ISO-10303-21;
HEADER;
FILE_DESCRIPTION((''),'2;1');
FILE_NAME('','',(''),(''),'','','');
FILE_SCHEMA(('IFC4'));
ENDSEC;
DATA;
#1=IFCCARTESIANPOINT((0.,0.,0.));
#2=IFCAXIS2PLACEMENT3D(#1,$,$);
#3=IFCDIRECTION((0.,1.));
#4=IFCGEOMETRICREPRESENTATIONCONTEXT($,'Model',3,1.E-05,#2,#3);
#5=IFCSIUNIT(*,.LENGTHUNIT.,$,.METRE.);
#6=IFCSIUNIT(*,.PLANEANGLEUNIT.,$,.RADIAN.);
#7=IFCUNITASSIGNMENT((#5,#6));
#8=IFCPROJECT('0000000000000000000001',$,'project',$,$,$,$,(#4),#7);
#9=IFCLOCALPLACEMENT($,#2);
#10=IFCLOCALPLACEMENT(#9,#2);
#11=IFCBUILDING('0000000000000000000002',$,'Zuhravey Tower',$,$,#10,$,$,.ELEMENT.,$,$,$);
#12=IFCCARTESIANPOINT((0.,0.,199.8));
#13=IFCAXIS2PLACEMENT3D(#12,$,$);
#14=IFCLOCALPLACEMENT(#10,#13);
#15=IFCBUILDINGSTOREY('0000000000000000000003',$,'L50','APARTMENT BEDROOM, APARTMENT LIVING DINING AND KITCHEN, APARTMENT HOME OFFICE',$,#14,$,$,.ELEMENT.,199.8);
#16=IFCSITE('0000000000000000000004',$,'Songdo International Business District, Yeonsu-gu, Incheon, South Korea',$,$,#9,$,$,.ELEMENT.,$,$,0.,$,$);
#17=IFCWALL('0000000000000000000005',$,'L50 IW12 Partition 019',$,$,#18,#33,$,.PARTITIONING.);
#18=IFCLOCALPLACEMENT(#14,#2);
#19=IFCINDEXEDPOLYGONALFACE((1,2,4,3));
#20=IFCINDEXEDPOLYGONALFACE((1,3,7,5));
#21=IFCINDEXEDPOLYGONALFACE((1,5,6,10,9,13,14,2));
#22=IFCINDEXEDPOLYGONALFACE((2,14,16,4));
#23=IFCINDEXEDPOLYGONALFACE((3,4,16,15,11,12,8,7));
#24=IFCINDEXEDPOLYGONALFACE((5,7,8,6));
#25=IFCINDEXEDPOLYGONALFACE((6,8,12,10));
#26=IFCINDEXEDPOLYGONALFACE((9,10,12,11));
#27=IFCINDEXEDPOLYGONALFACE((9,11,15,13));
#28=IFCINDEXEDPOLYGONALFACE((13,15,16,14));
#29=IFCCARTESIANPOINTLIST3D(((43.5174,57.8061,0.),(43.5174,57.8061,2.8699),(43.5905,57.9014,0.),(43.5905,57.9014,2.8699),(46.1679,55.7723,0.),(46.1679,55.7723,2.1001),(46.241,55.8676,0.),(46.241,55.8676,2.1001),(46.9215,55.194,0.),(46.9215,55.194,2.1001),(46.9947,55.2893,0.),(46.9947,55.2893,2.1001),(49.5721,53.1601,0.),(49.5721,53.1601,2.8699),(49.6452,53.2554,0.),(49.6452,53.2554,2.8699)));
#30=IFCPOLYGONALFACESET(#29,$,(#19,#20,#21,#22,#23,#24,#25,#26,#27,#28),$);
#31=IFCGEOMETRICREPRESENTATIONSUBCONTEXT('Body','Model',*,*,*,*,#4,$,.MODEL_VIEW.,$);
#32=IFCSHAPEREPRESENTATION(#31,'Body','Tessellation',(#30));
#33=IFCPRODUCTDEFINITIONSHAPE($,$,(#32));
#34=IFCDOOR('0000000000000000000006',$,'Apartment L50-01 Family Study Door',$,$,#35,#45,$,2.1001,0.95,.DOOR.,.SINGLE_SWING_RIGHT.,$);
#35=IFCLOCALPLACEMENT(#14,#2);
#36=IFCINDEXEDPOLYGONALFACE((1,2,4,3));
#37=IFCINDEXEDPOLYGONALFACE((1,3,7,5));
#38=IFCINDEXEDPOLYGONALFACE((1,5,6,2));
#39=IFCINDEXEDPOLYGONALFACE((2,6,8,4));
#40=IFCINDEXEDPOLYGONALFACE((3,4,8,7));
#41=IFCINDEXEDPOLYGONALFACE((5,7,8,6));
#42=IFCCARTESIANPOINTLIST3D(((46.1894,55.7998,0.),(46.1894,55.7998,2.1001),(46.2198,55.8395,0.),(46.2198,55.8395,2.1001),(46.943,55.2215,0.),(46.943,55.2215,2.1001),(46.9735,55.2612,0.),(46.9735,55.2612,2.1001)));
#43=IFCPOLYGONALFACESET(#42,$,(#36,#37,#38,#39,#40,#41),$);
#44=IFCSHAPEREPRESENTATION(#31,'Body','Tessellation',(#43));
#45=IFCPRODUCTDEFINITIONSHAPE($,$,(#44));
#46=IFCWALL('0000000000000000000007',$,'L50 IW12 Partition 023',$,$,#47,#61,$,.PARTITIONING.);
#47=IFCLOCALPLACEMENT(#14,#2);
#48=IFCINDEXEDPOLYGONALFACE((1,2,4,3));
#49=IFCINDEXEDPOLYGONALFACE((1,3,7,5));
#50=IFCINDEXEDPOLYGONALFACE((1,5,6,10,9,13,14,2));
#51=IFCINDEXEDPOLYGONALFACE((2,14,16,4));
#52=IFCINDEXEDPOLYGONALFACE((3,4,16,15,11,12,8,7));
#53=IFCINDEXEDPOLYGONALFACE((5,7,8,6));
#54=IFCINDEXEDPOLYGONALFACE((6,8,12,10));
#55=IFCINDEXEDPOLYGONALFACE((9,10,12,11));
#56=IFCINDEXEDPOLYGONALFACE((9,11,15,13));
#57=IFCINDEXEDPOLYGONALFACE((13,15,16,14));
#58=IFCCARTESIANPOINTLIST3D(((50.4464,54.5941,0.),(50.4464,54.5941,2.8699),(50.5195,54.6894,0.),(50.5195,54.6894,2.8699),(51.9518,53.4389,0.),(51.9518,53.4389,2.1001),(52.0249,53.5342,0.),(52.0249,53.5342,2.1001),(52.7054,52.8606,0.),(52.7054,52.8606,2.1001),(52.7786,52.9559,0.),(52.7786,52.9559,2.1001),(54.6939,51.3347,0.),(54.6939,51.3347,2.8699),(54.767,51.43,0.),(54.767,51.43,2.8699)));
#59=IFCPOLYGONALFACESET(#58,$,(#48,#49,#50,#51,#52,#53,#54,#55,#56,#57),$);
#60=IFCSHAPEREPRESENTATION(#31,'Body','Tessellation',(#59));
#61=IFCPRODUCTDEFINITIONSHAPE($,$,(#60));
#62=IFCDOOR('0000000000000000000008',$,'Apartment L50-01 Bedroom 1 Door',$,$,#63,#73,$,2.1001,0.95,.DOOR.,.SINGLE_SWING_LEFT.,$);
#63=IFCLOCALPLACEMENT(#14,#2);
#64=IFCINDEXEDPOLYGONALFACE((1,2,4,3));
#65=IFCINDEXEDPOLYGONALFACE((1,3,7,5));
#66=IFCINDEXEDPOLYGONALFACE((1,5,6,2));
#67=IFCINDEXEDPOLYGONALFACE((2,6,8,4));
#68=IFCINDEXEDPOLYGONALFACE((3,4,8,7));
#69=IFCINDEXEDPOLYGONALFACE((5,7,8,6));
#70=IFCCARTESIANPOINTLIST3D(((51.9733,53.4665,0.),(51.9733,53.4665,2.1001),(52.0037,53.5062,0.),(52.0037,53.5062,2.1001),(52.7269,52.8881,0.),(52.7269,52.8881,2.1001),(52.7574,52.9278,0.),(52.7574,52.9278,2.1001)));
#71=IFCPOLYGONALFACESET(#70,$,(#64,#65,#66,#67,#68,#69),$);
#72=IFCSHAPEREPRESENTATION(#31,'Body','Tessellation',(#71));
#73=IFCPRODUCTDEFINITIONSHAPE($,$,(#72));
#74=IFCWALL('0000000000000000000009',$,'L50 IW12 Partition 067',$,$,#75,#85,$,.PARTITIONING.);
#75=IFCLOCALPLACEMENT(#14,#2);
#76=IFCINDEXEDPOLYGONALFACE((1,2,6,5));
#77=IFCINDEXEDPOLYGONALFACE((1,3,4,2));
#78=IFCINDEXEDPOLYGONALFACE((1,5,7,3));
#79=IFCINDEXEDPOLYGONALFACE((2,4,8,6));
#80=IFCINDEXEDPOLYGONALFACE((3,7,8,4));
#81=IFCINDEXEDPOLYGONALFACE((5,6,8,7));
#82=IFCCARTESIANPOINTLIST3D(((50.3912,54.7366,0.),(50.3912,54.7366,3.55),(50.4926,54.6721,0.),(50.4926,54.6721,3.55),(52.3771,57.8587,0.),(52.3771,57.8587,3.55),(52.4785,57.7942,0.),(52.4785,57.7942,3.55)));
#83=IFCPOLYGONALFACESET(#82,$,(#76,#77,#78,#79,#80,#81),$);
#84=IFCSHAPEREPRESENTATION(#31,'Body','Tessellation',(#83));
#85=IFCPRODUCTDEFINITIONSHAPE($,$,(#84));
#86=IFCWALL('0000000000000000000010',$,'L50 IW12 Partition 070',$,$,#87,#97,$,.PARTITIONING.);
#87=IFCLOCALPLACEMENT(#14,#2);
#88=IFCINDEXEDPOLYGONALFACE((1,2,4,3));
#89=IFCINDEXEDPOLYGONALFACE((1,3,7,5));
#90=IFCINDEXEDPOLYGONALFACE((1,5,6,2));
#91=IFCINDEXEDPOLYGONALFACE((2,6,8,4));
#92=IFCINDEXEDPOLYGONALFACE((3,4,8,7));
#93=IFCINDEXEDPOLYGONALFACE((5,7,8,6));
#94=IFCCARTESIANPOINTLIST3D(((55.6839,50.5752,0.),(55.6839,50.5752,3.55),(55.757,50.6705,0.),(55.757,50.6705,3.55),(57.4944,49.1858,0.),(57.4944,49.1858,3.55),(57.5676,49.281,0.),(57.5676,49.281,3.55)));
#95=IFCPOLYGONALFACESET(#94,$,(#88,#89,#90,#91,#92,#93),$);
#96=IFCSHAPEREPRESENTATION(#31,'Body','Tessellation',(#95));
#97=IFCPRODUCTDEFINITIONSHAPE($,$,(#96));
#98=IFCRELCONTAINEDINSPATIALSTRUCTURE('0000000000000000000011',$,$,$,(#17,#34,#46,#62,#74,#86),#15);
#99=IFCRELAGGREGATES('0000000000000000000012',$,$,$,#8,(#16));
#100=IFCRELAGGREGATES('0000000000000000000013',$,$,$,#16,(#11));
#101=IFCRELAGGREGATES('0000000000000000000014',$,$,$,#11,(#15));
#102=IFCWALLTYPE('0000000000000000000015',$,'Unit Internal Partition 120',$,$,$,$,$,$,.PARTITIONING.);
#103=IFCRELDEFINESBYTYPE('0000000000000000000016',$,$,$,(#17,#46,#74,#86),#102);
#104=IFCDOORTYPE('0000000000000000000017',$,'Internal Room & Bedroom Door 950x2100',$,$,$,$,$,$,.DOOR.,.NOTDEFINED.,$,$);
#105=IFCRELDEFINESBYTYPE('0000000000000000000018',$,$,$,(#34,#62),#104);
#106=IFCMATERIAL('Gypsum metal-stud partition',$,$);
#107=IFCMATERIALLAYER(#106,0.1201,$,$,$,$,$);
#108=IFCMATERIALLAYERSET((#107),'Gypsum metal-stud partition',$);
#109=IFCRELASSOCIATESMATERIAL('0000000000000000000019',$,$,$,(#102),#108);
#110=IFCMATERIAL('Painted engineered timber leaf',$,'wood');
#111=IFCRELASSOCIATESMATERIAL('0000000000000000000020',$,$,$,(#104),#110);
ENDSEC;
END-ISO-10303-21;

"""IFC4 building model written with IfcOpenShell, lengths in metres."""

from ifc_helpers import new_model, si_unit, direction, frame, frame_2d, origin, place, context, subcontext, project, spatial, rectangle, extrude, material, layer, layer_set, type_object, element, fill, save


model = new_model("IFC4")

# Units and contexts
model_context = context("Model", 3, precision=1e-05, world=origin(), true_north=direction((0.0, 1.0)))
body_context = subcontext(model_context, "Body", "Model", "MODEL_VIEW")
ifc_project = project(units=[si_unit("LENGTHUNIT", "METRE"), si_unit("PLANEANGLEUNIT", "RADIAN")], contexts=[model_context])

# Site, building, storey
site_placement = place(None, origin())
site = spatial("IfcSite", under=ifc_project, at=site_placement, Name="Songdo International Business District, Yeonsu-gu, Incheon, South Korea", CompositionType="ELEMENT", RefElevation=0.0)
building_placement = place(site_placement, origin())
building = spatial("IfcBuilding", under=site, at=building_placement, Name="Zuhravey Tower", CompositionType="ELEMENT")
storey_placement = place(building_placement, frame((0.0, 0.0, 199.8)))
storey = spatial("IfcBuildingStorey", under=building, at=storey_placement, Name="L50", Description="APARTMENT BEDROOM, APARTMENT LIVING DINING AND KITCHEN, APARTMENT HOME OFFICE", CompositionType="ELEMENT", Elevation=199.8)

# Walls, openings, doors
ifc_material_1 = material(Name="Gypsum metal-stud partition")
ifc_layer_1 = layer(ifc_material_1, 0.1201)
ifc_layer_set_1 = layer_set([ifc_layer_1], Name="Gypsum metal-stud partition")
wall_type_1 = type_object("IfcWallType", Name="Unit Internal Partition 120", PredefinedType="PARTITIONING", material=ifc_layer_set_1)
wall_1_placement = place(storey_placement, frame((49.6086, 53.2078, 0.0), z_axis=(0.0, 0.0, 1.0), x_axis=(-0.793349, 0.608767, 0.0)))
wall_1 = element("IfcWall", 1, at=wall_1_placement, inside=storey, type_object=wall_type_1, Name="L50 IW12 Partition 019", PredefinedType="PARTITIONING", context=body_context, shape_type="SweptSolid", body=[
    extrude(rectangle(XDim=7.6318, YDim=0.1201, at=frame_2d((3.8159, 0.0))), origin(), (0.0, 0.0, 1.0), 2.8699),
])
opening_1_placement = place(wall_1_placement, frame((3.3408, 0.0, 0.0)))
opening_1 = element("IfcOpeningElement", 2, at=opening_1_placement, cuts=wall_1, PredefinedType="OPENING", context=body_context, shape_type="SweptSolid", body=[
    extrude(rectangle(XDim=0.95, YDim=2.1001, at=frame_2d((0.4751, 1.05))), frame((0.0, 0.072, 0.0), z_axis=(0.0, -1.0, 0.0), x_axis=(1.0, 0.0, 0.0)), (0.0, 0.0, 1.0), 0.144),
])
ifc_material_2 = material(Name="Painted engineered timber leaf", Category="wood")
door_type = type_object("IfcDoorType", Name="Internal Room & Bedroom Door 950x2100", OperationType="NOTDEFINED", PredefinedType="DOOR", material=ifc_material_2)
door_1_placement = place(opening_1_placement, frame((0.95, 0.0, 0.0), z_axis=(0.0, 0.0, 1.0), x_axis=(-1.0, 0.0, 0.0)))
door_1 = element("IfcDoor", 3, at=door_1_placement, inside=storey, type_object=door_type, Name="Apartment L50-01 Family Study Door", OperationType="SINGLE_SWING_RIGHT", OverallHeight=2.1001, OverallWidth=0.95, PredefinedType="DOOR", context=body_context, shape_type="SweptSolid", body=[
    extrude(rectangle(XDim=0.95, YDim=2.1001, at=frame_2d((0.4751, 1.05))), frame((0.0, 0.0249, 0.0), z_axis=(0.0, -1.0, 0.0), x_axis=(1.0, 0.0, 0.0)), (0.0, 0.0, 1.0), 0.05),
])
fill(opening_1, door_1)
wall_2_placement = place(storey_placement, frame((54.7305, 51.3823, 0.0), z_axis=(0.0, 0.0, 1.0), x_axis=(-0.79333, 0.608791, 0.0)))
wall_2 = element("IfcWall", 4, at=wall_2_placement, inside=storey, type_object=wall_type_1, Name="L50 IW12 Partition 023", PredefinedType="PARTITIONING", context=body_context, shape_type="SweptSolid", body=[
    extrude(rectangle(XDim=5.354, YDim=0.1201, at=frame_2d((2.677, 0.0))), origin(), (0.0, 0.0, 1.0), 2.8699),
])
opening_2_placement = place(wall_2_placement, frame((2.5063, 0.0, 0.0)))
opening_2 = element("IfcOpeningElement", 5, at=opening_2_placement, cuts=wall_2, PredefinedType="OPENING", context=body_context, shape_type="SweptSolid", body=[
    extrude(rectangle(XDim=0.95, YDim=2.1001, at=frame_2d((0.4751, 1.05))), frame((0.0, 0.072, 0.0), z_axis=(0.0, -1.0, 0.0), x_axis=(1.0, 0.0, 0.0)), (0.0, 0.0, 1.0), 0.144),
])
door_2_placement = place(opening_2_placement, frame((0.95, 0.0, 0.0), z_axis=(0.0, 0.0, 1.0), x_axis=(-1.0, 0.0, 0.0)))
door_2 = element("IfcDoor", 6, at=door_2_placement, inside=storey, type_object=door_type, Name="Apartment L50-01 Bedroom 1 Door", OperationType="SINGLE_SWING_LEFT", OverallHeight=2.1001, OverallWidth=0.95, PredefinedType="DOOR", context=body_context, shape_type="SweptSolid", body=[
    extrude(rectangle(XDim=0.95, YDim=2.1001, at=frame_2d((0.4751, 1.05))), frame((0.0, 0.0249, 0.0), z_axis=(0.0, -1.0, 0.0), x_axis=(1.0, 0.0, 0.0)), (0.0, 0.0, 1.0), 0.05),
])
fill(opening_2, door_2)

# Walls
wall_3_placement = place(storey_placement, frame((50.4419, 54.7043, 0.0), z_axis=(0.0, 0.0, 1.0), x_axis=(0.536696, 0.843776, 0.0)))
element("IfcWall", 7, at=wall_3_placement, inside=storey, type_object=wall_type_1, Name="L50 IW12 Partition 067", PredefinedType="PARTITIONING", context=body_context, shape_type="SweptSolid", body=[
    extrude(rectangle(XDim=3.7002, YDim=0.1201, at=frame_2d((1.8501, 0.0))), origin(), (0.0, 0.0, 1.0), 3.55),
])
wall_4_placement = place(storey_placement, frame((57.531, 49.2334, 0.0), z_axis=(0.0, 0.0, 1.0), x_axis=(-0.793327, 0.608795, 0.0)))
element("IfcWall", 8, at=wall_4_placement, inside=storey, type_object=wall_type_1, Name="L50 IW12 Partition 070", PredefinedType="PARTITIONING", context=body_context, shape_type="SweptSolid", body=[
    extrude(rectangle(XDim=2.2822, YDim=0.1201, at=frame_2d((1.1411, 0.0))), origin(), (0.0, 0.0, 1.0), 3.55),
])

save(model, "model.ifc")
